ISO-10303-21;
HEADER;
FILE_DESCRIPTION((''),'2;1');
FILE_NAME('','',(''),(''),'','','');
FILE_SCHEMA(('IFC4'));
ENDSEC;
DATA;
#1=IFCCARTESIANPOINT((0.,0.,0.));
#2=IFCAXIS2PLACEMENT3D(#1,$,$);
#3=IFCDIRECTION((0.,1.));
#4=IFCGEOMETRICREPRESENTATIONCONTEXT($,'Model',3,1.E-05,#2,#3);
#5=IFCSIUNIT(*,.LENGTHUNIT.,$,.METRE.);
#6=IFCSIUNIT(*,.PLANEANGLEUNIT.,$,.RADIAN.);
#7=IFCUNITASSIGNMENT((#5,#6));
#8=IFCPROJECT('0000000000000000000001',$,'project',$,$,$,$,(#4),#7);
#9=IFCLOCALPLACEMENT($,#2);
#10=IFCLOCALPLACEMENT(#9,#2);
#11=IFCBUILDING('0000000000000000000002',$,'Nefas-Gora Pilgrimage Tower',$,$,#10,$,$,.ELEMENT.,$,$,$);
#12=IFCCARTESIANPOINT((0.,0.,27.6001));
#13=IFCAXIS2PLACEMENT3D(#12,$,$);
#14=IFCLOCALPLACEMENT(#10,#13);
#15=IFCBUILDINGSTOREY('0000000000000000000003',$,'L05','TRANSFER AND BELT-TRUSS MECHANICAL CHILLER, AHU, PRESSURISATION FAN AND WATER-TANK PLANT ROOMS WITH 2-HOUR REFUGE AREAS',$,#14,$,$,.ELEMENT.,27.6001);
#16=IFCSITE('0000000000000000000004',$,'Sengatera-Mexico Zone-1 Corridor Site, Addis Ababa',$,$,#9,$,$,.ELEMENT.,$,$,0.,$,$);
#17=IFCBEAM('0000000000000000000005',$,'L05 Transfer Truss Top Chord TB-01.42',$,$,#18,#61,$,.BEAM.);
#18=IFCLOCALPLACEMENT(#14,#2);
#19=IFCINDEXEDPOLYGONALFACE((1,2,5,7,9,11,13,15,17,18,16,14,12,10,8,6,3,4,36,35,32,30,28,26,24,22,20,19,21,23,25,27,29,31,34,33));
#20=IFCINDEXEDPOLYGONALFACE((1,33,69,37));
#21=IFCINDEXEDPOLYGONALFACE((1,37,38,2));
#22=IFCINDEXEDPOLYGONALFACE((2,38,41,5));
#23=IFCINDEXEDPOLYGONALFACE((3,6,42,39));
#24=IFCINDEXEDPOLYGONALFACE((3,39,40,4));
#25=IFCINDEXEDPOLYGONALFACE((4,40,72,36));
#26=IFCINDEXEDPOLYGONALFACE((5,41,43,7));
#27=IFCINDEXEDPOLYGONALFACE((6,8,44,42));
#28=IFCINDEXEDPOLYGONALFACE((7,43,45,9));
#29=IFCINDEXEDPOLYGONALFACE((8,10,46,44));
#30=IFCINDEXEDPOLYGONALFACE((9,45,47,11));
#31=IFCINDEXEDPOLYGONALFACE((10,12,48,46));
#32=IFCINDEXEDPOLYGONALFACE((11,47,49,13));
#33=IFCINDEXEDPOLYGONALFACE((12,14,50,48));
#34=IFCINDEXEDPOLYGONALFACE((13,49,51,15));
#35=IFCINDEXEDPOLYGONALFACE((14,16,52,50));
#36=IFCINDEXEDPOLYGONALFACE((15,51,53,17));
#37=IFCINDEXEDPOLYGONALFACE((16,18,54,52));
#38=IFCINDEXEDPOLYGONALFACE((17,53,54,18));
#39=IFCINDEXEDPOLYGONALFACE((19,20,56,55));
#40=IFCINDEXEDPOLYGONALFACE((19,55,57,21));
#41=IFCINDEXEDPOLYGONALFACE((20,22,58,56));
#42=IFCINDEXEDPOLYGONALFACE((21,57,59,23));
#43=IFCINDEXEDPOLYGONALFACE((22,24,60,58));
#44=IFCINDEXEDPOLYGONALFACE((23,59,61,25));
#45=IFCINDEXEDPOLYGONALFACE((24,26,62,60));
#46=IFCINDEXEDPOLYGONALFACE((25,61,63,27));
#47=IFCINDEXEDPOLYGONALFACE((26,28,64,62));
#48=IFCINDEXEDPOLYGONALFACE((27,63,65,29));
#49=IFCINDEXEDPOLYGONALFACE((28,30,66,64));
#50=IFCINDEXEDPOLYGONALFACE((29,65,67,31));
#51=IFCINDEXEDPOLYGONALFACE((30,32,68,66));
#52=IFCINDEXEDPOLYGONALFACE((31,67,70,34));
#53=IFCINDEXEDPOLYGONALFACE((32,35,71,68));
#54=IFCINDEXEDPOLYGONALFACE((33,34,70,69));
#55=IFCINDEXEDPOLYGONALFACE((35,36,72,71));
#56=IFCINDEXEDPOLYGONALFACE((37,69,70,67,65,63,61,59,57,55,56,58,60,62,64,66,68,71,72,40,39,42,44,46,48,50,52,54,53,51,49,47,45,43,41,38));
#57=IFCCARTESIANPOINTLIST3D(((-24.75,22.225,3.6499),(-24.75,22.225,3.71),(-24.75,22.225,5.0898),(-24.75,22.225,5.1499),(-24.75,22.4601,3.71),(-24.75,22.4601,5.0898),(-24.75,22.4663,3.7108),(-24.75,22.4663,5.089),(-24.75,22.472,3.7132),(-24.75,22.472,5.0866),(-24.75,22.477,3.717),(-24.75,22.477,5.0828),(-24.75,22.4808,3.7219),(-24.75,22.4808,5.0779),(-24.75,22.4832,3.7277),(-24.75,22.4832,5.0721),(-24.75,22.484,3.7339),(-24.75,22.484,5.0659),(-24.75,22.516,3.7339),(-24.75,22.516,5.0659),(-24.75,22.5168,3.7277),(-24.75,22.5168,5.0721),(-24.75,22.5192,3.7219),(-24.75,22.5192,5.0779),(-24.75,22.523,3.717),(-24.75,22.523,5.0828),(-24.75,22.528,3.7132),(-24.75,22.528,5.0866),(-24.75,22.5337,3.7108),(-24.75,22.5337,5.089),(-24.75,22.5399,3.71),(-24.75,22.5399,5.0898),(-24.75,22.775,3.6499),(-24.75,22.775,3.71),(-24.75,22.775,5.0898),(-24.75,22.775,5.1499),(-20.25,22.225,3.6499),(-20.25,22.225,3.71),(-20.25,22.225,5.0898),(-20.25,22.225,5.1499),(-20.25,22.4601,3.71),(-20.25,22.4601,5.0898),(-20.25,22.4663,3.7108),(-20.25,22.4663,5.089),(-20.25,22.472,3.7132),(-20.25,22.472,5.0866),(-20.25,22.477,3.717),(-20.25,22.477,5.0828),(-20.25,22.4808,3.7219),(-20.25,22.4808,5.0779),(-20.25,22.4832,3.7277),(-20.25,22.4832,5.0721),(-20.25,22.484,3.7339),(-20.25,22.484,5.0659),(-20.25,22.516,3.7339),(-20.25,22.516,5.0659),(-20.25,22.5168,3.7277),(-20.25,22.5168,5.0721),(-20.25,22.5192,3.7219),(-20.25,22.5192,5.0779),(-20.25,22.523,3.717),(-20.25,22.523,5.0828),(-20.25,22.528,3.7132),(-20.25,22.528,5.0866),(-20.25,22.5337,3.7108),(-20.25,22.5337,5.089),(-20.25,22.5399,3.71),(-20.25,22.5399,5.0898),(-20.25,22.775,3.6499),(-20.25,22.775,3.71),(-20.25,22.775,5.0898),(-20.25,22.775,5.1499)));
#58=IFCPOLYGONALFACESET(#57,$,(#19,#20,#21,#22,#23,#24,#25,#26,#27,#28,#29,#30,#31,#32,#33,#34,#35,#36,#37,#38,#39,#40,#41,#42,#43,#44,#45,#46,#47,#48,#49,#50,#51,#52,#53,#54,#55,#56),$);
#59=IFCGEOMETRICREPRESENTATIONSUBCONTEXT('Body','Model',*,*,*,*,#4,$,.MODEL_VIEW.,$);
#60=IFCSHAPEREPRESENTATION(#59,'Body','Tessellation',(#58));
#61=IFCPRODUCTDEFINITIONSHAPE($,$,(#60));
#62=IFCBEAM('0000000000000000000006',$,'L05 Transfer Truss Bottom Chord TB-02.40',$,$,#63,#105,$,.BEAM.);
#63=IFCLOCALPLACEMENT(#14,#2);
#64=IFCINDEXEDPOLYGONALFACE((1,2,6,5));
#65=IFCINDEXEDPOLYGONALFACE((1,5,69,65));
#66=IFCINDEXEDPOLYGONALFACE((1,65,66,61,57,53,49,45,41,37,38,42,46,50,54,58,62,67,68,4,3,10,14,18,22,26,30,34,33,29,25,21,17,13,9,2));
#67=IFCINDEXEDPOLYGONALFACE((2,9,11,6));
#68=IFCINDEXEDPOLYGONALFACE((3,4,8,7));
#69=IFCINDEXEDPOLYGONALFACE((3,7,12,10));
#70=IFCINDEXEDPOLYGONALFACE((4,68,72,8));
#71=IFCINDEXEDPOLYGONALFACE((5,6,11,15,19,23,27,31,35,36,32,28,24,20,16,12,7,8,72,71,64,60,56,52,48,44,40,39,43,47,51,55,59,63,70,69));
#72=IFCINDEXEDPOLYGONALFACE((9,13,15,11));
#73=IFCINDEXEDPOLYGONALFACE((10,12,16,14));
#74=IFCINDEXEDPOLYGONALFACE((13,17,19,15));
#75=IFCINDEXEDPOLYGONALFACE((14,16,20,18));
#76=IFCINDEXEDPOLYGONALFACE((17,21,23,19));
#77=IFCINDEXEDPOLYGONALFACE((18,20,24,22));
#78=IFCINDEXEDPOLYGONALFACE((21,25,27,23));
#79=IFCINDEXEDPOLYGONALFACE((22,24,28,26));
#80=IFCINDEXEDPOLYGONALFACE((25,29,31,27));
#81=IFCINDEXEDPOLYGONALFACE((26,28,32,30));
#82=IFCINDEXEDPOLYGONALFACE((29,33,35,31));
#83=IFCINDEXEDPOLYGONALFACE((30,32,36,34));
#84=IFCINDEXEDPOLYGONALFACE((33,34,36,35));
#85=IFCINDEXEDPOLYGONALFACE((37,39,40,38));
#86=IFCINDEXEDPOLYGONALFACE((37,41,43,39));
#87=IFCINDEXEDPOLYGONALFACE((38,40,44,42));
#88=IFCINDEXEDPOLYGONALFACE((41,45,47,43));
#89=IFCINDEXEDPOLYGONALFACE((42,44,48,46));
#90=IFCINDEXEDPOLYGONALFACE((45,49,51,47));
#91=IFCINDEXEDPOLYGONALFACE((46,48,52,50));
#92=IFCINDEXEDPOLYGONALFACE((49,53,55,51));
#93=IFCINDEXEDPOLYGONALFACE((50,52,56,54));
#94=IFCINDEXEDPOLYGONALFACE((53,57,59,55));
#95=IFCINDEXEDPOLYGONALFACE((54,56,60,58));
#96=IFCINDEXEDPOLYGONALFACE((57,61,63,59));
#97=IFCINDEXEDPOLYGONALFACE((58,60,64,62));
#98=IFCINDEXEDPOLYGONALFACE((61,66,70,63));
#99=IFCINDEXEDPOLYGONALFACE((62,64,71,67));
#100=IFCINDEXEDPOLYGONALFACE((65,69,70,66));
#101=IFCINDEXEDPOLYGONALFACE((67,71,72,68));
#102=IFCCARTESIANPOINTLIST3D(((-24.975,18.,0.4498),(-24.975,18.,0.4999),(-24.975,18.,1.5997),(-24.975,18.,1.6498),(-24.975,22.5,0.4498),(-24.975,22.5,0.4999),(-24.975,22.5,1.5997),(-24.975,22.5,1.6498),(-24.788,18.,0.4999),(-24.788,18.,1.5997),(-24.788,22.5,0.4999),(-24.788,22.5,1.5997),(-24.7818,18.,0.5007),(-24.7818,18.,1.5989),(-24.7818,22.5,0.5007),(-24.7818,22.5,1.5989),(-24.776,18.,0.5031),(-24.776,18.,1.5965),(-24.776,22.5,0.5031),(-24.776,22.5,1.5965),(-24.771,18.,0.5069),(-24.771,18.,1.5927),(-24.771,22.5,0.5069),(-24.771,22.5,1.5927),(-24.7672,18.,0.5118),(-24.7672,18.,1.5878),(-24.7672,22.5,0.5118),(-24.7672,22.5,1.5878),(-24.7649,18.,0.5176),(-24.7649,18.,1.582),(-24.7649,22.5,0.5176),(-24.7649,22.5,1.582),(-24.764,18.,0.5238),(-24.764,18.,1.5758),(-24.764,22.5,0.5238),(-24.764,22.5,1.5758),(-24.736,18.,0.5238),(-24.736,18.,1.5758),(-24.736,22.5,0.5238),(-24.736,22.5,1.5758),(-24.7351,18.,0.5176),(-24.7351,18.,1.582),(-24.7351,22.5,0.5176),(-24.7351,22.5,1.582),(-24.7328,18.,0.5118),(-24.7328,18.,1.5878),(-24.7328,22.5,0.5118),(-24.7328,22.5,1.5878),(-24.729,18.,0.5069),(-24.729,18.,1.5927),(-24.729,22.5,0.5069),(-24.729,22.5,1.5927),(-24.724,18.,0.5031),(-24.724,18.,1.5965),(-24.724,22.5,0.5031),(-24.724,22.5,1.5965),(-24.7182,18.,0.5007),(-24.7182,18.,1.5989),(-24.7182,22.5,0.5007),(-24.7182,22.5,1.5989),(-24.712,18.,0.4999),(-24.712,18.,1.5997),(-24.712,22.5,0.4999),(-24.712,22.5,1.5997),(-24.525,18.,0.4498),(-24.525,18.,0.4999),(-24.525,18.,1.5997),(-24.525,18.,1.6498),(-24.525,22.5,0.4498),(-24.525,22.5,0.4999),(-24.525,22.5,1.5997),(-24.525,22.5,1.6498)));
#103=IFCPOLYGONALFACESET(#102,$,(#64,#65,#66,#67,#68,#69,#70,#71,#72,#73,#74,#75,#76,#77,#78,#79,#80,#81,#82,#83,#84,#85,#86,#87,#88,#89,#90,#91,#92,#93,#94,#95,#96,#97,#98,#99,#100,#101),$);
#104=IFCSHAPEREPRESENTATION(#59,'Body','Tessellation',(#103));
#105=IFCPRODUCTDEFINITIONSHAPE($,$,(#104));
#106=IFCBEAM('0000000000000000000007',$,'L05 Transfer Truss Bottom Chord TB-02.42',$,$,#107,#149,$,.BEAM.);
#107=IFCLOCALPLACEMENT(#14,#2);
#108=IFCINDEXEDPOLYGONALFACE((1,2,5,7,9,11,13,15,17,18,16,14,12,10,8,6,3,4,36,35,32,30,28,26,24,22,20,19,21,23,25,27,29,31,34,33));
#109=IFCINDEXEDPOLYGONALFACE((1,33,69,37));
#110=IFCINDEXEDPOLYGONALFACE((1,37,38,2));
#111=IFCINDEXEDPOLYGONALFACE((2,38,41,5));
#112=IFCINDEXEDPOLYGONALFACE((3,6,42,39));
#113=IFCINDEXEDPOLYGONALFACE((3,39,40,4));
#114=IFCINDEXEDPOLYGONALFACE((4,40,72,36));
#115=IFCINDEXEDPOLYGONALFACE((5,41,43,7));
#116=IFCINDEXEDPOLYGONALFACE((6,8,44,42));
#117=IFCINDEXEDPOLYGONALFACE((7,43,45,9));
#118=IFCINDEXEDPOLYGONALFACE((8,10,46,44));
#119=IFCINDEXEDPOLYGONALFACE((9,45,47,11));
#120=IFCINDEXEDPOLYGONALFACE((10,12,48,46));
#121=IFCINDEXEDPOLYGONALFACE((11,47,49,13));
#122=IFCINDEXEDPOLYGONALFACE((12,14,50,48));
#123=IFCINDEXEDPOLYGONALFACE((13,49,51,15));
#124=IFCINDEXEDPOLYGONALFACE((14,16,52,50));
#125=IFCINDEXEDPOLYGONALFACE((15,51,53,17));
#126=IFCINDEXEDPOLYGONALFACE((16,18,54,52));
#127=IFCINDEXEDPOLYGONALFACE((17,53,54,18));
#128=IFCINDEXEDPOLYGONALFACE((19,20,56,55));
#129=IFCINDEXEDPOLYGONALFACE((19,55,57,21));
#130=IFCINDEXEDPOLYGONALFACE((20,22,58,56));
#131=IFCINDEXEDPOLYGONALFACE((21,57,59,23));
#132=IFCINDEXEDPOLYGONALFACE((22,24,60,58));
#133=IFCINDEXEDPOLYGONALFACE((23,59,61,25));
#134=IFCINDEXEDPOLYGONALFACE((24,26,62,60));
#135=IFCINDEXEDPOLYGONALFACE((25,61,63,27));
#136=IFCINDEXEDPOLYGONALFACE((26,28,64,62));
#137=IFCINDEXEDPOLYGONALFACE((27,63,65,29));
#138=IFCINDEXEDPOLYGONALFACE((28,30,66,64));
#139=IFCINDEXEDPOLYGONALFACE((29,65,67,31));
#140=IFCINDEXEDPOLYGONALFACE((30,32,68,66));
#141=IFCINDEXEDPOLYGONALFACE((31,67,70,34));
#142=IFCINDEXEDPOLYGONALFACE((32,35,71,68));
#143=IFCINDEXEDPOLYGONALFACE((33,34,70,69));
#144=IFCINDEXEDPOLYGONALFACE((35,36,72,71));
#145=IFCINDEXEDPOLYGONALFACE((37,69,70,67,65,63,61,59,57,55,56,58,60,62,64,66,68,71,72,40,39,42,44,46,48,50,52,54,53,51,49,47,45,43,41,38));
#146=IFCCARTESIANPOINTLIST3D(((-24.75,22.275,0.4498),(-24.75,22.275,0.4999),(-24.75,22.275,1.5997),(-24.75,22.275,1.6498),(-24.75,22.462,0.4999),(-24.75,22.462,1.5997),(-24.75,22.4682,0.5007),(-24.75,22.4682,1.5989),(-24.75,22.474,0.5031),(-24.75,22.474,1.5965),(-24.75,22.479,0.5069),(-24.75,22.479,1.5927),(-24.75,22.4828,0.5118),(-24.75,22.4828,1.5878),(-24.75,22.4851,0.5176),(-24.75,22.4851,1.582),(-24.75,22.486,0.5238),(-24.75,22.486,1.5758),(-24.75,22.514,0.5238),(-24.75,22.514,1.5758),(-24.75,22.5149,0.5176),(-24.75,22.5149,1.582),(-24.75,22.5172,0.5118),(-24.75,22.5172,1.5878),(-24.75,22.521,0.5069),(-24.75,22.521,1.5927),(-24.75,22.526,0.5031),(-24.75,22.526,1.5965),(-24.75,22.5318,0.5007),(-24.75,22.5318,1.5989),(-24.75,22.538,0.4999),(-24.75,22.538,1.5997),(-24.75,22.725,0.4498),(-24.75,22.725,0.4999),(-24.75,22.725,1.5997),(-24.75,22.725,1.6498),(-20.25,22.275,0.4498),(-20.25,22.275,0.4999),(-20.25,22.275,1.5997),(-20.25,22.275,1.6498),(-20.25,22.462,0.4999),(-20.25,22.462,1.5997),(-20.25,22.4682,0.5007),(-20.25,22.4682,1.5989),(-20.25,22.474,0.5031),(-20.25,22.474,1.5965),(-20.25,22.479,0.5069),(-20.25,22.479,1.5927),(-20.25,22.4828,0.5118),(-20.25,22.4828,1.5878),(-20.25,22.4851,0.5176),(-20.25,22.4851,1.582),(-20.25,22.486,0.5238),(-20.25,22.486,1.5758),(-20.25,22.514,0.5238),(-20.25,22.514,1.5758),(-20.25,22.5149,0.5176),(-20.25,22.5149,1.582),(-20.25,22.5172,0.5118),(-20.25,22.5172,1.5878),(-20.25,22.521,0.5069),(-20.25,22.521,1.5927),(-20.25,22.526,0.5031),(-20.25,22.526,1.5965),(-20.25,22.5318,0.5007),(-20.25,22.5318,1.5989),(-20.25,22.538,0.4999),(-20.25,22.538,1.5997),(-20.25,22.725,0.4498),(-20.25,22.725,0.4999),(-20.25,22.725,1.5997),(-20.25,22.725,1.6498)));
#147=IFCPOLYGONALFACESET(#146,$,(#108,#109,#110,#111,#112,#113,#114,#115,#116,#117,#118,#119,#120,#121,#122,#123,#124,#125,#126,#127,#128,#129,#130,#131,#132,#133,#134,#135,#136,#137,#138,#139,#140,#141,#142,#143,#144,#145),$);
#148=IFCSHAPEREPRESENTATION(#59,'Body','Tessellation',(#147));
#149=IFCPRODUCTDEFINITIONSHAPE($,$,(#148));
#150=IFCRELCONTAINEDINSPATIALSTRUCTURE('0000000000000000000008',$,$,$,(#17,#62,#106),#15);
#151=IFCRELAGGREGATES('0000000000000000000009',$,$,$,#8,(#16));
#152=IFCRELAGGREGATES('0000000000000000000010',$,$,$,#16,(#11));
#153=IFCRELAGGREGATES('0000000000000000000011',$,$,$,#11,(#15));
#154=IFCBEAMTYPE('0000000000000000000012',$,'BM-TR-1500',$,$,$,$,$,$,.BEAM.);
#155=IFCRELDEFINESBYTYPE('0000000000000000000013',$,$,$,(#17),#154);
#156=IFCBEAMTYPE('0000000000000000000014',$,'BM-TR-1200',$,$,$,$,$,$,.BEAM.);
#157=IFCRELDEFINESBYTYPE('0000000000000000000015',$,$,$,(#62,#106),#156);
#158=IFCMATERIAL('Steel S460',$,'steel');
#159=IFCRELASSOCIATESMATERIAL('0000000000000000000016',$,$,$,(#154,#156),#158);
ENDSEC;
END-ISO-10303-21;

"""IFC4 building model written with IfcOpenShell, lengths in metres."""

from ifc_helpers import new_model, si_unit, direction, frame, origin, origin_2d, place, context, subcontext, project, spatial, i_section, extrude, source, transform, mapped, material, material_profile, profile_set, type_object, element, save


model = new_model("IFC4")

# Units and contexts
model_context = context("Model", 3, precision=1e-05, world=origin(), true_north=direction((0.0, 1.0)))
body_context = subcontext(model_context, "Body", "Model", "MODEL_VIEW")
ifc_project = project(units=[si_unit("LENGTHUNIT", "METRE"), si_unit("PLANEANGLEUNIT", "RADIAN")], contexts=[model_context])

# Site, building, storey
site_placement = place(None, origin())
site = spatial("IfcSite", under=ifc_project, at=site_placement, Name="Sengatera-Mexico Zone-1 Corridor Site, Addis Ababa", CompositionType="ELEMENT", RefElevation=0.0)
building_placement = place(site_placement, origin())
building = spatial("IfcBuilding", under=site, at=building_placement, Name="Nefas-Gora Pilgrimage Tower", CompositionType="ELEMENT")
storey_placement = place(building_placement, frame((0.0, 0.0, 27.6001)))
storey = spatial("IfcBuildingStorey", under=building, at=storey_placement, Name="L05", Description="TRANSFER AND BELT-TRUSS MECHANICAL CHILLER, AHU, PRESSURISATION FAN AND WATER-TANK PLANT ROOMS WITH 2-HOUR REFUGE AREAS", CompositionType="ELEMENT", Elevation=27.6001)

# Shared definitions
ifc_material = material(Name="Steel S460", Category="steel")

# Shared definitions
ifc_material_profile_1 = material_profile(ifc_material, i_section(OverallWidth=0.55, OverallDepth=1.5, WebThickness=0.032, FlangeThickness=0.0601, FilletRadius=0.0239, at=origin_2d()), Name="WPG 1500x550x32x60")
ifc_profile_set_1 = profile_set([ifc_material_profile_1], Name="Steel S460")
beam_type_1 = type_object("IfcBeamType", Name="BM-TR-1500", PredefinedType="BEAM", material=ifc_profile_set_1)
ifc_material_profile_2 = material_profile(ifc_material, i_section(OverallWidth=0.45, OverallDepth=1.2, WebThickness=0.0281, FlangeThickness=0.05, FilletRadius=0.0239, at=origin_2d()), Name="WPG 1200x450x28x50")
ifc_profile_set_2 = profile_set([ifc_material_profile_2], Name="Steel S460")
beam_type_2 = type_object("IfcBeamType", Name="BM-TR-1200", PredefinedType="BEAM", material=ifc_profile_set_2)

# Beams
shared_shape_1 = source(origin(), body_context, "Body", "SweptSolid", [
    extrude(i_section(OverallWidth=0.55, OverallDepth=1.5, WebThickness=0.032, FlangeThickness=0.0601, FilletRadius=0.0239, at=origin_2d()), origin(), (0.0, 0.0, 1.0), 4.5),
])
for number, where, z_axis, x_axis, name in (
    (1, (-24.75, 22.5, 4.3999), (1.0, 0.0, 0.0), (0.0, 1.0, 0.0), "L05 Transfer Truss Top Chord TB-01.42"),
):
    element("IfcBeam", number, at=place(storey_placement, frame(where, z_axis=z_axis, x_axis=x_axis)), inside=storey, type_object=beam_type_1, Name=name, PredefinedType="BEAM", context=body_context, shape_type="MappedRepresentation", body=[
        mapped(shared_shape_1, transform((0.0, 0.0, 0.0), x_axis=(1.0, 0.0, 0.0), y_axis=(0.0, 1.0, 0.0), z_axis=(0.0, 0.0, 1.0), scale=1.0)),
    ])
shared_shape_2 = source(origin(), body_context, "Body", "SweptSolid", [
    extrude(i_section(OverallWidth=0.45, OverallDepth=1.2, WebThickness=0.0281, FlangeThickness=0.05, FilletRadius=0.0239, at=origin_2d()), origin(), (0.0, 0.0, 1.0), 4.5),
])
for number, where, z_axis, x_axis, name in (
    (2, (-24.75, 18.0, 1.0498), (0.0, 1.0, 0.0), (-1.0, 0.0, 0.0), "L05 Transfer Truss Bottom Chord TB-02.40"),
    (3, (-24.75, 22.5, 1.0498), (1.0, 0.0, 0.0), (0.0, 1.0, 0.0), "L05 Transfer Truss Bottom Chord TB-02.42"),
):
    element("IfcBeam", number, at=place(storey_placement, frame(where, z_axis=z_axis, x_axis=x_axis)), inside=storey, type_object=beam_type_2, Name=name, PredefinedType="BEAM", context=body_context, shape_type="MappedRepresentation", body=[
        mapped(shared_shape_2, transform((0.0, 0.0, 0.0), x_axis=(1.0, 0.0, 0.0), y_axis=(0.0, 1.0, 0.0), z_axis=(0.0, 0.0, 1.0), scale=1.0)),
    ])

save(model, "model.ifc")
